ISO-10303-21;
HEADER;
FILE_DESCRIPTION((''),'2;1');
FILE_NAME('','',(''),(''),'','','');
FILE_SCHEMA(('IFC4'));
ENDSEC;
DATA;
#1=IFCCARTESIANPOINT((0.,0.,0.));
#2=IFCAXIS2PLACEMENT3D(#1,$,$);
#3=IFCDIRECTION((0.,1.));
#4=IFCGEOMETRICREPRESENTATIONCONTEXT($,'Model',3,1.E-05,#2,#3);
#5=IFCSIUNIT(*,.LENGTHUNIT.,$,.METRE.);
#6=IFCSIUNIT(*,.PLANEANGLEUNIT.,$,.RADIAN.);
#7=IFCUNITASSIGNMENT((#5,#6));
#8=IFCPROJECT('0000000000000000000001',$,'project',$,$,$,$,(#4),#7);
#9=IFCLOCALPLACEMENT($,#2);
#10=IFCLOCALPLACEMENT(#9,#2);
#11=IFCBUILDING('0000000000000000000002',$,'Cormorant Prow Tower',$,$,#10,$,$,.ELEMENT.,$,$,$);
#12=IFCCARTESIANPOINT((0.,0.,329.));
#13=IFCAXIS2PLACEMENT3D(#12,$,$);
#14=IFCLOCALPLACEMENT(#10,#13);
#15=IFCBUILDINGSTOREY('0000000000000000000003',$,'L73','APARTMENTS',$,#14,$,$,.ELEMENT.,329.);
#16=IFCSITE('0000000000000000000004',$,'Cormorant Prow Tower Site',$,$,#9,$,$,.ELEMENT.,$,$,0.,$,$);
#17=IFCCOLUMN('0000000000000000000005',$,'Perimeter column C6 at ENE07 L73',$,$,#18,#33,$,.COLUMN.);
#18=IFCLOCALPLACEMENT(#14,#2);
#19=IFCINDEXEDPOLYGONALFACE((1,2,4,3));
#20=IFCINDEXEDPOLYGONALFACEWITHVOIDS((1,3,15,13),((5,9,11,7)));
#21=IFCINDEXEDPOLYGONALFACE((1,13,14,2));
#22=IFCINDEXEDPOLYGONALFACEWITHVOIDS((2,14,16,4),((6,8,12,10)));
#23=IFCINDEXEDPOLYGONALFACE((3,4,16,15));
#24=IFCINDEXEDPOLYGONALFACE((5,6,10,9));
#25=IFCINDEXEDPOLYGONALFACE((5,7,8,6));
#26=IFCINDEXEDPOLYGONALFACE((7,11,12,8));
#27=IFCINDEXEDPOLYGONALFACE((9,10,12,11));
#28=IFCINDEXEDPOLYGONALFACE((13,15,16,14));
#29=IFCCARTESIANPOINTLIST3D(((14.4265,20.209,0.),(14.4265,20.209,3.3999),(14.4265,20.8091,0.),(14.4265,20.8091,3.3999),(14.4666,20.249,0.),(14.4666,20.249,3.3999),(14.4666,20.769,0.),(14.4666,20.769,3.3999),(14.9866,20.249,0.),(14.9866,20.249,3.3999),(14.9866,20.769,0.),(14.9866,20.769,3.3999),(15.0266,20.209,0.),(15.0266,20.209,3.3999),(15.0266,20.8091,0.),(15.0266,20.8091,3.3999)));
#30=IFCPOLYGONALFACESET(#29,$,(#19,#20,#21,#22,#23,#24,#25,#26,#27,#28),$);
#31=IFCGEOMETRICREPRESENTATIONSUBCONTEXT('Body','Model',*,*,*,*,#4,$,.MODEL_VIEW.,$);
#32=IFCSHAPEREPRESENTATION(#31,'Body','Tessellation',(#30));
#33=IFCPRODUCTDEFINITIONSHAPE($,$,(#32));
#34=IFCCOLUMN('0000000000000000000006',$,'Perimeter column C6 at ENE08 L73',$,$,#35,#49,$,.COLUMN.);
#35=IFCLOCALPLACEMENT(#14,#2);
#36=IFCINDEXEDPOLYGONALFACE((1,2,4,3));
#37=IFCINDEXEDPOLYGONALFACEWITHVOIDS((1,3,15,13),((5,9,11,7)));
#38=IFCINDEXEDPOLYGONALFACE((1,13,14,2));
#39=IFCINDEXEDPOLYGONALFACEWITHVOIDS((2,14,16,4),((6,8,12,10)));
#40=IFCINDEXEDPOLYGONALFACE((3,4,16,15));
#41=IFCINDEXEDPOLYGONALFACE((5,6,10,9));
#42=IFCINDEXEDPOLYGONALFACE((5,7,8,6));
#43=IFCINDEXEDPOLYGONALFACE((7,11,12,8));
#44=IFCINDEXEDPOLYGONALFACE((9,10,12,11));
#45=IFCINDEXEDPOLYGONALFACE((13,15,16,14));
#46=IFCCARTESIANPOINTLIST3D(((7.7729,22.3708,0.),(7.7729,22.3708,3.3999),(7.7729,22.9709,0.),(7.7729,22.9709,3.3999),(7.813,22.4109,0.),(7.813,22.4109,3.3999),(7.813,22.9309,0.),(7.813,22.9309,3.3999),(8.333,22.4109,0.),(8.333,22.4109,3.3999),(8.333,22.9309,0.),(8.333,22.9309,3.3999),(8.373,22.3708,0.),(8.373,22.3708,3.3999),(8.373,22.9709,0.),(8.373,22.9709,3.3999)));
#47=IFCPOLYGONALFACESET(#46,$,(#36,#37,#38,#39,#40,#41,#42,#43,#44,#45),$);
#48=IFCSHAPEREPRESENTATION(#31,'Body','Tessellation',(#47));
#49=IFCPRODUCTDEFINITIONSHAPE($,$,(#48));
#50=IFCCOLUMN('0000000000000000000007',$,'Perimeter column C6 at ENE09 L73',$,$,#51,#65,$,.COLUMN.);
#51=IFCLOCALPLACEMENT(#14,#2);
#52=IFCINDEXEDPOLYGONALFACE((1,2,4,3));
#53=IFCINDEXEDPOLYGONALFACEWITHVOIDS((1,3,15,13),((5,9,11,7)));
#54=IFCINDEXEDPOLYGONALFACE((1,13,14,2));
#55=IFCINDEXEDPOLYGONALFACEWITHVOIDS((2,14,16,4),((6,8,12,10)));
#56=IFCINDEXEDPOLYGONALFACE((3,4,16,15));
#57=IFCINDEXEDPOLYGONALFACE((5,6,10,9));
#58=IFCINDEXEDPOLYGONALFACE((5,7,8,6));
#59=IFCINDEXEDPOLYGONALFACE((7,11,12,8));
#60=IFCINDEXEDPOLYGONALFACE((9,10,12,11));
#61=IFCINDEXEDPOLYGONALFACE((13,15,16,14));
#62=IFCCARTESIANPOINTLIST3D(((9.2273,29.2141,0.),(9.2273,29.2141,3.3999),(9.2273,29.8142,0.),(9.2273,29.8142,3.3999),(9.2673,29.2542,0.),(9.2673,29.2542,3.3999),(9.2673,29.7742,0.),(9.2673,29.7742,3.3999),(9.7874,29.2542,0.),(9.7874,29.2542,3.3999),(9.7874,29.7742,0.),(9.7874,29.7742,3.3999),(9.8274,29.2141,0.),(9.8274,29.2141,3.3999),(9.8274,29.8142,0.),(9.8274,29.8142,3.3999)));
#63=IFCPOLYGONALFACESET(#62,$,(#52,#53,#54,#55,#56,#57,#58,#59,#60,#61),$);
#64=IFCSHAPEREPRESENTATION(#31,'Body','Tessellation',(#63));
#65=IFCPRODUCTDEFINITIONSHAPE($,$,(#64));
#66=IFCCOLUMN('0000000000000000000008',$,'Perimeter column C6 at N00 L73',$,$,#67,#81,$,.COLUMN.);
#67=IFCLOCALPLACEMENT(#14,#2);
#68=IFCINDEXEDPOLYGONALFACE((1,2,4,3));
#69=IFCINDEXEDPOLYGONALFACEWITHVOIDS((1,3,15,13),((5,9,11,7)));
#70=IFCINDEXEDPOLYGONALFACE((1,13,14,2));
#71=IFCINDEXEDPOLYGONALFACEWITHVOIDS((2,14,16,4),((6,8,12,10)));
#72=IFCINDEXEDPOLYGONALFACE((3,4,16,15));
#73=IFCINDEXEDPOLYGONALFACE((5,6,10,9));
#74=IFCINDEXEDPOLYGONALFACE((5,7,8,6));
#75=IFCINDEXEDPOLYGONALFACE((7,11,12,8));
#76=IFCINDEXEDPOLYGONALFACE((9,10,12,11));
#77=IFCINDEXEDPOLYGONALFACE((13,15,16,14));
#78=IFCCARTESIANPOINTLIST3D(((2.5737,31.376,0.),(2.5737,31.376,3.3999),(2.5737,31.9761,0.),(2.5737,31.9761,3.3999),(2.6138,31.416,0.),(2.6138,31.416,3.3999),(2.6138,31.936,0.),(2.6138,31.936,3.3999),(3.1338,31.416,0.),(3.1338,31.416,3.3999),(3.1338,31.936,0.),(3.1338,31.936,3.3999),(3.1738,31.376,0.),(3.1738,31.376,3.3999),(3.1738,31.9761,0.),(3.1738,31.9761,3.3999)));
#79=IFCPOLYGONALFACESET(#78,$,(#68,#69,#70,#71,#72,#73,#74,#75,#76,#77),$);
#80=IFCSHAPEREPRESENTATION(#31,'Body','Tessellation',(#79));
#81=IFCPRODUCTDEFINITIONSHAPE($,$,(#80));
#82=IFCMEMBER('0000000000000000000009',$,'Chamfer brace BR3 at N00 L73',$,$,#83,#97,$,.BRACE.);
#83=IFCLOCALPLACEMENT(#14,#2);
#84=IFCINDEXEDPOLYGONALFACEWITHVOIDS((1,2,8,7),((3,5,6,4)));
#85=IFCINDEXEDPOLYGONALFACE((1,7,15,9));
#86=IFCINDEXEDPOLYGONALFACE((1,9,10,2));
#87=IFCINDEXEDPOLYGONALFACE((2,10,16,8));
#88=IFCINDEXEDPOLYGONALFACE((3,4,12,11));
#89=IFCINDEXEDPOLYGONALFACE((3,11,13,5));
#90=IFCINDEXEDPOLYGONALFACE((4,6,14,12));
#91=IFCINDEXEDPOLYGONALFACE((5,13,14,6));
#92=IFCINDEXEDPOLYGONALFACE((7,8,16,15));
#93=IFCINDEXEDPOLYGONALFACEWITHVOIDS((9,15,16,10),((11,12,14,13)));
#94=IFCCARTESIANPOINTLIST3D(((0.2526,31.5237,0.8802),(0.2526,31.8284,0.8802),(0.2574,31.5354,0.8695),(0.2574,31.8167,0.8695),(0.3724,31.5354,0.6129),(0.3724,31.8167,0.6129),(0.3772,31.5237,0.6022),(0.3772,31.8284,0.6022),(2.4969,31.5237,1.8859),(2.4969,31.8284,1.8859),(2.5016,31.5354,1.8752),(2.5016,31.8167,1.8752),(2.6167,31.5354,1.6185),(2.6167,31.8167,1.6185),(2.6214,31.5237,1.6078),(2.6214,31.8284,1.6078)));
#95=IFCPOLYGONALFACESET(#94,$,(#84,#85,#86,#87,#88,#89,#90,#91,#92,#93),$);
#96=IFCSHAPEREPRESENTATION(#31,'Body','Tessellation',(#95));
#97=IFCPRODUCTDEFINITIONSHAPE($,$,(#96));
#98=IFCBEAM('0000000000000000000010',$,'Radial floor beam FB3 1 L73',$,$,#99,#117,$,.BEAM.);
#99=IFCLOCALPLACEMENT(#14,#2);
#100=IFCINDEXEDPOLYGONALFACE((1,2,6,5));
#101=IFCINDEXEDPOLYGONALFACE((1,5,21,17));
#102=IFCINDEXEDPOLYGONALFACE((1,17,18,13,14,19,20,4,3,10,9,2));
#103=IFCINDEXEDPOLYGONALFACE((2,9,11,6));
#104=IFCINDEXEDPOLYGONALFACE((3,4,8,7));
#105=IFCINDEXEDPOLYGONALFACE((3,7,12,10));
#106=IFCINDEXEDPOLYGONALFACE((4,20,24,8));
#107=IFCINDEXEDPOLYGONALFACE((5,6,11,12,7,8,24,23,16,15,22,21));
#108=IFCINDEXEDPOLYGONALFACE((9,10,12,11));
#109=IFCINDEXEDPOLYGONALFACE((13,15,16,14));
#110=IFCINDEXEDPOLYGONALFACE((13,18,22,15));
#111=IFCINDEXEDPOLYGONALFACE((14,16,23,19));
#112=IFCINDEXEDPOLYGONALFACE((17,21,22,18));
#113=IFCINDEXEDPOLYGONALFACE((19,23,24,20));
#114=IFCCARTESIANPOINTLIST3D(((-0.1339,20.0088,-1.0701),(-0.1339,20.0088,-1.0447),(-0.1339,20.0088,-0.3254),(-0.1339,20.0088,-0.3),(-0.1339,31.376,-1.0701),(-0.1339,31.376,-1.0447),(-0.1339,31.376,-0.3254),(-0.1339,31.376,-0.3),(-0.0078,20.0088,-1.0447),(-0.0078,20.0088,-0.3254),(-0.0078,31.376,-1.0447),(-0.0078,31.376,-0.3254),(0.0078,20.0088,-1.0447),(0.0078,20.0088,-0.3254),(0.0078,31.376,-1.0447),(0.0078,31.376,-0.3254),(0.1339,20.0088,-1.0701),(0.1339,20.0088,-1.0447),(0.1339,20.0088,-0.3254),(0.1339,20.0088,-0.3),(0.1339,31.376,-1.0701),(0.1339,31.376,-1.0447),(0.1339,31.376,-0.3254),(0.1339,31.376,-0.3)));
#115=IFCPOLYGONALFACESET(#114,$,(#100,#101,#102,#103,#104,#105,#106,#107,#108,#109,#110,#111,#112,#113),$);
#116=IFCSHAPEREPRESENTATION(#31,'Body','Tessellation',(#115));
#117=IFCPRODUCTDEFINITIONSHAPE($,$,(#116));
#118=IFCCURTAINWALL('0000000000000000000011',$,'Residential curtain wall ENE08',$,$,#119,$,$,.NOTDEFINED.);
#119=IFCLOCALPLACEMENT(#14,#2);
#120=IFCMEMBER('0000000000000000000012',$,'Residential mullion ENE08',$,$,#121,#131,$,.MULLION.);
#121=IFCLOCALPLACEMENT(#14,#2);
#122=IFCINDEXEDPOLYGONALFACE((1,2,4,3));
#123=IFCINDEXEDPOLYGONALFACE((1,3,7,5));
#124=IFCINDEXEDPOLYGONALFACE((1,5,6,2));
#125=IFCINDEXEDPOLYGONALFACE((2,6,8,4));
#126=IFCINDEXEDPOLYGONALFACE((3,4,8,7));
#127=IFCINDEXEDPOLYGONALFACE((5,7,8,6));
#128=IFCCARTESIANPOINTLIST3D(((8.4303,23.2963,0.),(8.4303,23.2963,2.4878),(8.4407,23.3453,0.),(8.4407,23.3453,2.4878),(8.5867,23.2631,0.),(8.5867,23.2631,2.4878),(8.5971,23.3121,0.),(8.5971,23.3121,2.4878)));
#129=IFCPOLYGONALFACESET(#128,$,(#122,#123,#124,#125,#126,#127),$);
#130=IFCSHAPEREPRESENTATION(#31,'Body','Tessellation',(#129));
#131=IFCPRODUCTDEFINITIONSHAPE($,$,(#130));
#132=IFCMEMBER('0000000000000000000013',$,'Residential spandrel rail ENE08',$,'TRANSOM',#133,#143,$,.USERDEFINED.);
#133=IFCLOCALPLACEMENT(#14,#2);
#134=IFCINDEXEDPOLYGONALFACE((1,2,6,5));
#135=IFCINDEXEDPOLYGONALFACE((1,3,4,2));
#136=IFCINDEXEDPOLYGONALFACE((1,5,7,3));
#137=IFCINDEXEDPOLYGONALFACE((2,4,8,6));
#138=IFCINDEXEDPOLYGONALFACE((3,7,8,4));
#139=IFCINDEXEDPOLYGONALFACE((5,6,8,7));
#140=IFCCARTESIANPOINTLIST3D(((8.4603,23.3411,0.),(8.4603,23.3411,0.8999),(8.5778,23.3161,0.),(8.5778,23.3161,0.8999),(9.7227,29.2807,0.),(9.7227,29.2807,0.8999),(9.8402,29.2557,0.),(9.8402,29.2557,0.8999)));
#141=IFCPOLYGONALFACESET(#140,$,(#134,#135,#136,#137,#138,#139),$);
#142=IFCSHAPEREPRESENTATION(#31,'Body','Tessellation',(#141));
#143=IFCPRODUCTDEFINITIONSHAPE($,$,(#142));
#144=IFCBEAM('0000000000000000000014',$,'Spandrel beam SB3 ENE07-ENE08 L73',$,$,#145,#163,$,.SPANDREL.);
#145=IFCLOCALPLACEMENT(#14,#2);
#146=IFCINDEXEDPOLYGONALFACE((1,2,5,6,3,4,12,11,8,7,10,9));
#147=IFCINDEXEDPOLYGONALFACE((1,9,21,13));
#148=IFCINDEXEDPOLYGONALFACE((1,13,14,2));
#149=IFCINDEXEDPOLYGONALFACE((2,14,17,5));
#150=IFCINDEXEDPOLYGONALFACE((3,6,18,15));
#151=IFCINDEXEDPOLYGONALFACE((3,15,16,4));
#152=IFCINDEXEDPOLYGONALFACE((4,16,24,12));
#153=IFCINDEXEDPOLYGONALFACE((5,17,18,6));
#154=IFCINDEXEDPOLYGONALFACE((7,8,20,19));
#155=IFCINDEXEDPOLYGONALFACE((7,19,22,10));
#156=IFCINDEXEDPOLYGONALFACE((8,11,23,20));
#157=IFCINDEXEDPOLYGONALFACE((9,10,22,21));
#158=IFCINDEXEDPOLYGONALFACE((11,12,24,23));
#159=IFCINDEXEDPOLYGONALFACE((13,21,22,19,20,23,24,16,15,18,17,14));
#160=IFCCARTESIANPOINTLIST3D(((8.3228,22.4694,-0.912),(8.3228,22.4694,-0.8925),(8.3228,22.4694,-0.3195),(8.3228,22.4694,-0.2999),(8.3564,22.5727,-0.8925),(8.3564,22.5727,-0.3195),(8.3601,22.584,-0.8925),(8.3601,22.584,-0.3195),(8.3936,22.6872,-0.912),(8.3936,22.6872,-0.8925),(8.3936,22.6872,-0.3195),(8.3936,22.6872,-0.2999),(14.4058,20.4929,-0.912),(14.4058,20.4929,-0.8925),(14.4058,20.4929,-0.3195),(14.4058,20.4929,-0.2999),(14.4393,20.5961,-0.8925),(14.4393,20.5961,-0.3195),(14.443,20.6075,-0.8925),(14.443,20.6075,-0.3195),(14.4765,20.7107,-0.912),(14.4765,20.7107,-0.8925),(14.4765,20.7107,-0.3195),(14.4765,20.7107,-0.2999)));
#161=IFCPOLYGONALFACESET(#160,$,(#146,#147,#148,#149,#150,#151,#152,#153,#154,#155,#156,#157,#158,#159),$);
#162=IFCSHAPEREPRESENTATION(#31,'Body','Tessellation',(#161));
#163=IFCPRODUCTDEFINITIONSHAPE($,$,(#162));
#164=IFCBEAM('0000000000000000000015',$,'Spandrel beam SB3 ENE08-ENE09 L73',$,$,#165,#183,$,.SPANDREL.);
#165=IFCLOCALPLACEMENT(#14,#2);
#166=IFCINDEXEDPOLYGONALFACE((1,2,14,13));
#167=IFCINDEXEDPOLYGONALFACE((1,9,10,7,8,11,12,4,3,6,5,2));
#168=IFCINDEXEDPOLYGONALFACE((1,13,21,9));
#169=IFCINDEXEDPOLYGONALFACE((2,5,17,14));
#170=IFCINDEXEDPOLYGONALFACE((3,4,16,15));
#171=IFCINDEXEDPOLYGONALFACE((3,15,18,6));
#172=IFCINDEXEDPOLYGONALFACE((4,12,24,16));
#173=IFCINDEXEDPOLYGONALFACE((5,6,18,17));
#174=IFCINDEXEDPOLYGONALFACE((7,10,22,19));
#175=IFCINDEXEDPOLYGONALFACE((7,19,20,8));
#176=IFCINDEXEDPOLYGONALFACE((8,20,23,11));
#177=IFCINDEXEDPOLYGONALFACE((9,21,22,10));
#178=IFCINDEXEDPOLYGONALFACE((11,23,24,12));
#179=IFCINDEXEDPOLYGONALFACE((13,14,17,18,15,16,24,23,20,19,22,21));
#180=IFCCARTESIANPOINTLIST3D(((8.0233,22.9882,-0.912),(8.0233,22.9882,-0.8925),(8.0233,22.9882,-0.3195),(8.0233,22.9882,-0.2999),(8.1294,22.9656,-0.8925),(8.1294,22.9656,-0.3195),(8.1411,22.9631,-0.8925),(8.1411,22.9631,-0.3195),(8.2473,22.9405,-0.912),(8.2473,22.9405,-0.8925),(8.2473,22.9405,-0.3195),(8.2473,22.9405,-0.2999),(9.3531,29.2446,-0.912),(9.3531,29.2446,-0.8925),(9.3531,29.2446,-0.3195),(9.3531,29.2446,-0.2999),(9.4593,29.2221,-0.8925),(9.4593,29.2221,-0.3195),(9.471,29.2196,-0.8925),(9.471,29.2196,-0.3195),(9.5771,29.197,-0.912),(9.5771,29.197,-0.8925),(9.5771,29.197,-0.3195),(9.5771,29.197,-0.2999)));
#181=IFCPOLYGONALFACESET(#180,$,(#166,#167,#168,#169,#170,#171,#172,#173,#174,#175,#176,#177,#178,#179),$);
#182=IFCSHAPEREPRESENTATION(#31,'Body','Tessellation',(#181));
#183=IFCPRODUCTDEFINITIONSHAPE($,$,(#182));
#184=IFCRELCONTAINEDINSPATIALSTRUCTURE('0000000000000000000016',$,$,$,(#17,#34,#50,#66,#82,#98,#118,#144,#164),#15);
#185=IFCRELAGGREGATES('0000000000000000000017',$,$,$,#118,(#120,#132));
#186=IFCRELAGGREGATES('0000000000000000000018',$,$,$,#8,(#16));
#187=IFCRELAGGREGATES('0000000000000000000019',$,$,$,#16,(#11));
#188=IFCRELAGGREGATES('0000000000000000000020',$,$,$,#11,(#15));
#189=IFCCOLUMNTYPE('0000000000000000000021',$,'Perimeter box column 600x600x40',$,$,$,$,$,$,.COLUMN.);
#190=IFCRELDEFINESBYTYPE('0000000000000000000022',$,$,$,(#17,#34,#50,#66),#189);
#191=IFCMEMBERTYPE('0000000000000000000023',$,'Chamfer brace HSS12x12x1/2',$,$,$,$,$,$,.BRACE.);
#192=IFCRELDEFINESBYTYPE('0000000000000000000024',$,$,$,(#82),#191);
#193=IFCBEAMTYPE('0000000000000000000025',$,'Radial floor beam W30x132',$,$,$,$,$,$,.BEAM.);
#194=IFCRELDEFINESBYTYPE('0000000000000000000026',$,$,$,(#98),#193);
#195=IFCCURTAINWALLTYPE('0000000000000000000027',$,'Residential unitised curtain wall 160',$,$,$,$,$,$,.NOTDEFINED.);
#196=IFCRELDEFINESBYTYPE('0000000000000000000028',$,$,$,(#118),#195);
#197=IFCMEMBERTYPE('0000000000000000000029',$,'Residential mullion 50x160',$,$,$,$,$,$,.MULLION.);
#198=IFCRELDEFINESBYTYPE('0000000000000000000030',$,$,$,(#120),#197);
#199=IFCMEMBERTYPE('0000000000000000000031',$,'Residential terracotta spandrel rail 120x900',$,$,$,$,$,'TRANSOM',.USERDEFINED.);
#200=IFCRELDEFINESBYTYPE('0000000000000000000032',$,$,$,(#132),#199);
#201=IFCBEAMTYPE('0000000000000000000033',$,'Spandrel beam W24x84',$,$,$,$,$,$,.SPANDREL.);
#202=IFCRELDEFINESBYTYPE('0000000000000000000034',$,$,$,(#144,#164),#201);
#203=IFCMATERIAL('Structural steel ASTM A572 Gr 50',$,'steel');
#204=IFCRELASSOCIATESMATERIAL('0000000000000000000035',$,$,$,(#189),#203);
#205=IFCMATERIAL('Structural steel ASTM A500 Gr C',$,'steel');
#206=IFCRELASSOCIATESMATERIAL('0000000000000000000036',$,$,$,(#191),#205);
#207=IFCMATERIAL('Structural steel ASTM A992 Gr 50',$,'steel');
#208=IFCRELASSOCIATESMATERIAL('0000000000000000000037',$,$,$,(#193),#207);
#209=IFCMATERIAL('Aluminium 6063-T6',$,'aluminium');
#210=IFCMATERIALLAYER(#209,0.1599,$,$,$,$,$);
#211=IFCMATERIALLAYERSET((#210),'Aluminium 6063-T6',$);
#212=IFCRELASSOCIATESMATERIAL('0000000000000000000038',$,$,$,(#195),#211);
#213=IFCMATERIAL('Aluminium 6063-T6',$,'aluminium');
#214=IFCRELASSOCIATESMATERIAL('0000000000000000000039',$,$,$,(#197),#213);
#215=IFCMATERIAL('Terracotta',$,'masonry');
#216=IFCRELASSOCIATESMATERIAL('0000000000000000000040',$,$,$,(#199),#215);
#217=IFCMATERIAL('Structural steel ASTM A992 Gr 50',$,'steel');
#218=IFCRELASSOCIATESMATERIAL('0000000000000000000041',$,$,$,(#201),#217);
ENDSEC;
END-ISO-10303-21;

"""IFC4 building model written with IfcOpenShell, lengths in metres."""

from ifc_helpers import new_model, si_unit, direction, frame, origin, origin_2d, place, context, subcontext, project, spatial, rectangle, hollow_rectangle, i_section, extrude, material, layer, layer_set, material_profile, profile_set, type_object, element, aggregate, save


model = new_model("IFC4")

# Units and contexts
model_context = context("Model", 3, precision=1e-05, world=origin(), true_north=direction((0.0, 1.0)))
body_context = subcontext(model_context, "Body", "Model", "MODEL_VIEW")
ifc_project = project(units=[si_unit("LENGTHUNIT", "METRE"), si_unit("PLANEANGLEUNIT", "RADIAN")], contexts=[model_context])

# Site, building, storey
site_placement = place(None, origin())
site = spatial("IfcSite", under=ifc_project, at=site_placement, Name="Cormorant Prow Tower Site", CompositionType="ELEMENT", RefElevation=0.0)
building_placement = place(site_placement, origin())
building = spatial("IfcBuilding", under=site, at=building_placement, Name="Cormorant Prow Tower", CompositionType="ELEMENT")
storey_placement = place(building_placement, frame((0.0, 0.0, 329.0)))
storey = spatial("IfcBuildingStorey", under=building, at=storey_placement, Name="L73", Description="APARTMENTS", CompositionType="ELEMENT", Elevation=329.0)

# Columns
ifc_material_1 = material(Name="Structural steel ASTM A572 Gr 50", Category="steel")
ifc_material_profile_1 = material_profile(ifc_material_1, hollow_rectangle(XDim=0.6001, YDim=0.6001, WallThickness=0.04, at=origin_2d()), Name="Box 600x600x40")
ifc_profile_set_1 = profile_set([ifc_material_profile_1], Name="Structural steel ASTM A572 Gr 50")
column_type = type_object("IfcColumnType", Name="Perimeter box column 600x600x40", PredefinedType="COLUMN", material=ifc_profile_set_1)
for number, where, z_axis, x_axis, name in (
    (1, (14.7266, 20.509, 0.0), (0.0, 0.0, 1.0), (1.0, 0.0, 0.0), "Perimeter column C6 at ENE07 L73"),
    (2, (8.073, 22.6709, 0.0), (0.0, 0.0, 1.0), (1.0, 0.0, 0.0), "Perimeter column C6 at ENE08 L73"),
    (3, (9.5273, 29.5142, 0.0), (0.0, 0.0, 1.0), (1.0, 0.0, 0.0), "Perimeter column C6 at ENE09 L73"),
    (4, (2.8738, 31.676, 0.0), (0.0, 0.0, 1.0), (1.0, 0.0, 0.0), "Perimeter column C6 at N00 L73"),
):
    element("IfcColumn", number, at=place(storey_placement, frame(where, z_axis=z_axis, x_axis=x_axis)), inside=storey, type_object=column_type, Name=name, PredefinedType="COLUMN", context=body_context, shape_type="SweptSolid", body=[
        extrude(hollow_rectangle(XDim=0.6001, YDim=0.6001, WallThickness=0.04, at=origin_2d()), origin(), (0.0, 0.0, 1.0), 3.3999),
    ])

# Member
ifc_material_2 = material(Name="Structural steel ASTM A500 Gr C", Category="steel")
ifc_material_profile_2 = material_profile(ifc_material_2, hollow_rectangle(XDim=0.3047, YDim=0.3047, WallThickness=0.0117, at=origin_2d()), Name="HSS12x12x1/2")
ifc_profile_set_2 = profile_set([ifc_material_profile_2], Name="Structural steel ASTM A500 Gr C")
member_type_1 = type_object("IfcMemberType", Name="Chamfer brace HSS12x12x1/2", PredefinedType="BRACE", material=ifc_profile_set_2)
member_1_placement = place(storey_placement, frame((0.3149, 31.676, 0.7412), z_axis=(0.912567, 0.0, 0.408928), x_axis=(0.0, 1.0, 0.0)))
element("IfcMember", 5, at=member_1_placement, inside=storey, type_object=member_type_1, Name="Chamfer brace BR3 at N00 L73", PredefinedType="BRACE", context=body_context, shape_type="SweptSolid", body=[
    extrude(hollow_rectangle(XDim=0.3047, YDim=0.3047, WallThickness=0.0117, at=origin_2d()), origin(), (0.0, 0.0, 1.0), 2.4592),
])

# Beam
ifc_material_3 = material(Name="Structural steel ASTM A992 Gr 50", Category="steel")
ifc_material_profile_3 = material_profile(ifc_material_3, i_section(OverallWidth=0.2678, OverallDepth=0.77, WebThickness=0.0156, FlangeThickness=0.0254, at=origin_2d()), Name="W30x132")
ifc_profile_set_3 = profile_set([ifc_material_profile_3], Name="Structural steel ASTM A992 Gr 50")
beam_type_1 = type_object("IfcBeamType", Name="Radial floor beam W30x132", PredefinedType="BEAM", material=ifc_profile_set_3)
beam_1_placement = place(storey_placement, frame((0.0, 20.0088, -0.6851), z_axis=(0.0, 1.0, 0.0), x_axis=(-1.0, 0.0, 0.0)))
element("IfcBeam", 6, at=beam_1_placement, inside=storey, type_object=beam_type_1, Name="Radial floor beam FB3 1 L73", PredefinedType="BEAM", context=body_context, shape_type="SweptSolid", body=[
    extrude(i_section(OverallWidth=0.2678, OverallDepth=0.77, WebThickness=0.0156, FlangeThickness=0.0254, at=origin_2d()), origin(), (0.0, 0.0, 1.0), 11.3672),
])

# Curtain wall, members
ifc_material_4 = material(Name="Aluminium 6063-T6", Category="aluminium")
ifc_layer_1 = layer(ifc_material_4, 0.1599)
ifc_layer_set_1 = layer_set([ifc_layer_1], Name="Aluminium 6063-T6")
curtain_wall_type = type_object("IfcCurtainWallType", Name="Residential unitised curtain wall 160", PredefinedType="NOTDEFINED", material=ifc_layer_set_1)
curtain_wall_placement = place(storey_placement, origin())
curtain_wall = element("IfcCurtainWall", 7, at=curtain_wall_placement, inside=storey, type_object=curtain_wall_type, Name="Residential curtain wall ENE08", PredefinedType="NOTDEFINED")
ifc_material_5 = material(Name="Aluminium 6063-T6", Category="aluminium")
ifc_material_profile_4 = material_profile(ifc_material_5, rectangle(XDim=0.1599, YDim=0.05, at=origin_2d()), Name="Residential mullion 50x160")
ifc_profile_set_4 = profile_set([ifc_material_profile_4], Name="Aluminium 6063-T6")
member_type_2 = type_object("IfcMemberType", Name="Residential mullion 50x160", PredefinedType="MULLION", material=ifc_profile_set_4)
member_2_placement = place(storey_placement, frame((8.5137, 23.3042, 0.0), z_axis=(0.0, 0.0, 1.0), x_axis=(-0.978148, 0.207912, 0.0)))
member_2 = element("IfcMember", 8, at=member_2_placement, type_object=member_type_2, Name="Residential mullion ENE08", PredefinedType="MULLION", context=body_context, shape_type="SweptSolid", body=[
    extrude(rectangle(XDim=0.1599, YDim=0.05, at=origin_2d()), origin(), (0.0, 0.0, 1.0), 2.4878),
])
ifc_material_6 = material(Name="Terracotta", Category="masonry")
ifc_material_profile_5 = material_profile(ifc_material_6, rectangle(XDim=0.1201, YDim=0.8999, at=origin_2d()), Name="Residential terracotta spandrel rail 120x900")
ifc_profile_set_5 = profile_set([ifc_material_profile_5], Name="Terracotta")
member_type_3 = type_object("IfcMemberType", Name="Residential terracotta spandrel rail 120x900", ElementType="TRANSOM", PredefinedType="USERDEFINED", material=ifc_profile_set_5)
member_3_placement = place(storey_placement, frame((8.519, 23.3286, 0.45), z_axis=(0.207901, 0.97815, 0.0), x_axis=(-0.97815, 0.207901, 0.0)))
member_3 = element("IfcMember", 9, at=member_3_placement, type_object=member_type_3, Name="Residential spandrel rail ENE08", ObjectType="TRANSOM", PredefinedType="USERDEFINED", context=body_context, shape_type="SweptSolid", body=[
    extrude(rectangle(XDim=0.1201, YDim=0.8999, at=origin_2d()), origin(), (0.0, 0.0, 1.0), 6.0723),
])

# Beams
ifc_material_7 = material(Name="Structural steel ASTM A992 Gr 50", Category="steel")
ifc_material_profile_6 = material_profile(ifc_material_7, i_section(OverallWidth=0.229, OverallDepth=0.6121, WebThickness=0.012, FlangeThickness=0.0195, at=origin_2d()), Name="W24x84")
ifc_profile_set_6 = profile_set([ifc_material_profile_6], Name="Structural steel ASTM A992 Gr 50")
beam_type_2 = type_object("IfcBeamType", Name="Spandrel beam W24x84", PredefinedType="SPANDREL", material=ifc_profile_set_6)
beam_2_placement = place(storey_placement, frame((14.4412, 20.6018, -0.606), z_axis=(-0.951053, 0.309027, 0.0), x_axis=(-0.309027, -0.951053, 0.0)))
element("IfcBeam", 10, at=beam_2_placement, inside=storey, type_object=beam_type_2, Name="Spandrel beam SB3 ENE07-ENE08 L73", PredefinedType="SPANDREL", context=body_context, shape_type="SweptSolid", body=[
    extrude(i_section(OverallWidth=0.229, OverallDepth=0.6121, WebThickness=0.012, FlangeThickness=0.0195, at=origin_2d()), origin(), (0.0, 0.0, 1.0), 6.396),
])
beam_3_placement = place(storey_placement, frame((8.1353, 22.9644, -0.606), z_axis=(0.207913, 0.978147, 0.0), x_axis=(-0.978147, 0.207913, 0.0)))
element("IfcBeam", 11, at=beam_3_placement, inside=storey, type_object=beam_type_2, Name="Spandrel beam SB3 ENE08-ENE09 L73", PredefinedType="SPANDREL", context=body_context, shape_type="SweptSolid", body=[
    extrude(i_section(OverallWidth=0.229, OverallDepth=0.6121, WebThickness=0.012, FlangeThickness=0.0195, at=origin_2d()), origin(), (0.0, 0.0, 1.0), 6.3962),
])

aggregate(curtain_wall, [member_2, member_3])

save(model, "model.ifc")
